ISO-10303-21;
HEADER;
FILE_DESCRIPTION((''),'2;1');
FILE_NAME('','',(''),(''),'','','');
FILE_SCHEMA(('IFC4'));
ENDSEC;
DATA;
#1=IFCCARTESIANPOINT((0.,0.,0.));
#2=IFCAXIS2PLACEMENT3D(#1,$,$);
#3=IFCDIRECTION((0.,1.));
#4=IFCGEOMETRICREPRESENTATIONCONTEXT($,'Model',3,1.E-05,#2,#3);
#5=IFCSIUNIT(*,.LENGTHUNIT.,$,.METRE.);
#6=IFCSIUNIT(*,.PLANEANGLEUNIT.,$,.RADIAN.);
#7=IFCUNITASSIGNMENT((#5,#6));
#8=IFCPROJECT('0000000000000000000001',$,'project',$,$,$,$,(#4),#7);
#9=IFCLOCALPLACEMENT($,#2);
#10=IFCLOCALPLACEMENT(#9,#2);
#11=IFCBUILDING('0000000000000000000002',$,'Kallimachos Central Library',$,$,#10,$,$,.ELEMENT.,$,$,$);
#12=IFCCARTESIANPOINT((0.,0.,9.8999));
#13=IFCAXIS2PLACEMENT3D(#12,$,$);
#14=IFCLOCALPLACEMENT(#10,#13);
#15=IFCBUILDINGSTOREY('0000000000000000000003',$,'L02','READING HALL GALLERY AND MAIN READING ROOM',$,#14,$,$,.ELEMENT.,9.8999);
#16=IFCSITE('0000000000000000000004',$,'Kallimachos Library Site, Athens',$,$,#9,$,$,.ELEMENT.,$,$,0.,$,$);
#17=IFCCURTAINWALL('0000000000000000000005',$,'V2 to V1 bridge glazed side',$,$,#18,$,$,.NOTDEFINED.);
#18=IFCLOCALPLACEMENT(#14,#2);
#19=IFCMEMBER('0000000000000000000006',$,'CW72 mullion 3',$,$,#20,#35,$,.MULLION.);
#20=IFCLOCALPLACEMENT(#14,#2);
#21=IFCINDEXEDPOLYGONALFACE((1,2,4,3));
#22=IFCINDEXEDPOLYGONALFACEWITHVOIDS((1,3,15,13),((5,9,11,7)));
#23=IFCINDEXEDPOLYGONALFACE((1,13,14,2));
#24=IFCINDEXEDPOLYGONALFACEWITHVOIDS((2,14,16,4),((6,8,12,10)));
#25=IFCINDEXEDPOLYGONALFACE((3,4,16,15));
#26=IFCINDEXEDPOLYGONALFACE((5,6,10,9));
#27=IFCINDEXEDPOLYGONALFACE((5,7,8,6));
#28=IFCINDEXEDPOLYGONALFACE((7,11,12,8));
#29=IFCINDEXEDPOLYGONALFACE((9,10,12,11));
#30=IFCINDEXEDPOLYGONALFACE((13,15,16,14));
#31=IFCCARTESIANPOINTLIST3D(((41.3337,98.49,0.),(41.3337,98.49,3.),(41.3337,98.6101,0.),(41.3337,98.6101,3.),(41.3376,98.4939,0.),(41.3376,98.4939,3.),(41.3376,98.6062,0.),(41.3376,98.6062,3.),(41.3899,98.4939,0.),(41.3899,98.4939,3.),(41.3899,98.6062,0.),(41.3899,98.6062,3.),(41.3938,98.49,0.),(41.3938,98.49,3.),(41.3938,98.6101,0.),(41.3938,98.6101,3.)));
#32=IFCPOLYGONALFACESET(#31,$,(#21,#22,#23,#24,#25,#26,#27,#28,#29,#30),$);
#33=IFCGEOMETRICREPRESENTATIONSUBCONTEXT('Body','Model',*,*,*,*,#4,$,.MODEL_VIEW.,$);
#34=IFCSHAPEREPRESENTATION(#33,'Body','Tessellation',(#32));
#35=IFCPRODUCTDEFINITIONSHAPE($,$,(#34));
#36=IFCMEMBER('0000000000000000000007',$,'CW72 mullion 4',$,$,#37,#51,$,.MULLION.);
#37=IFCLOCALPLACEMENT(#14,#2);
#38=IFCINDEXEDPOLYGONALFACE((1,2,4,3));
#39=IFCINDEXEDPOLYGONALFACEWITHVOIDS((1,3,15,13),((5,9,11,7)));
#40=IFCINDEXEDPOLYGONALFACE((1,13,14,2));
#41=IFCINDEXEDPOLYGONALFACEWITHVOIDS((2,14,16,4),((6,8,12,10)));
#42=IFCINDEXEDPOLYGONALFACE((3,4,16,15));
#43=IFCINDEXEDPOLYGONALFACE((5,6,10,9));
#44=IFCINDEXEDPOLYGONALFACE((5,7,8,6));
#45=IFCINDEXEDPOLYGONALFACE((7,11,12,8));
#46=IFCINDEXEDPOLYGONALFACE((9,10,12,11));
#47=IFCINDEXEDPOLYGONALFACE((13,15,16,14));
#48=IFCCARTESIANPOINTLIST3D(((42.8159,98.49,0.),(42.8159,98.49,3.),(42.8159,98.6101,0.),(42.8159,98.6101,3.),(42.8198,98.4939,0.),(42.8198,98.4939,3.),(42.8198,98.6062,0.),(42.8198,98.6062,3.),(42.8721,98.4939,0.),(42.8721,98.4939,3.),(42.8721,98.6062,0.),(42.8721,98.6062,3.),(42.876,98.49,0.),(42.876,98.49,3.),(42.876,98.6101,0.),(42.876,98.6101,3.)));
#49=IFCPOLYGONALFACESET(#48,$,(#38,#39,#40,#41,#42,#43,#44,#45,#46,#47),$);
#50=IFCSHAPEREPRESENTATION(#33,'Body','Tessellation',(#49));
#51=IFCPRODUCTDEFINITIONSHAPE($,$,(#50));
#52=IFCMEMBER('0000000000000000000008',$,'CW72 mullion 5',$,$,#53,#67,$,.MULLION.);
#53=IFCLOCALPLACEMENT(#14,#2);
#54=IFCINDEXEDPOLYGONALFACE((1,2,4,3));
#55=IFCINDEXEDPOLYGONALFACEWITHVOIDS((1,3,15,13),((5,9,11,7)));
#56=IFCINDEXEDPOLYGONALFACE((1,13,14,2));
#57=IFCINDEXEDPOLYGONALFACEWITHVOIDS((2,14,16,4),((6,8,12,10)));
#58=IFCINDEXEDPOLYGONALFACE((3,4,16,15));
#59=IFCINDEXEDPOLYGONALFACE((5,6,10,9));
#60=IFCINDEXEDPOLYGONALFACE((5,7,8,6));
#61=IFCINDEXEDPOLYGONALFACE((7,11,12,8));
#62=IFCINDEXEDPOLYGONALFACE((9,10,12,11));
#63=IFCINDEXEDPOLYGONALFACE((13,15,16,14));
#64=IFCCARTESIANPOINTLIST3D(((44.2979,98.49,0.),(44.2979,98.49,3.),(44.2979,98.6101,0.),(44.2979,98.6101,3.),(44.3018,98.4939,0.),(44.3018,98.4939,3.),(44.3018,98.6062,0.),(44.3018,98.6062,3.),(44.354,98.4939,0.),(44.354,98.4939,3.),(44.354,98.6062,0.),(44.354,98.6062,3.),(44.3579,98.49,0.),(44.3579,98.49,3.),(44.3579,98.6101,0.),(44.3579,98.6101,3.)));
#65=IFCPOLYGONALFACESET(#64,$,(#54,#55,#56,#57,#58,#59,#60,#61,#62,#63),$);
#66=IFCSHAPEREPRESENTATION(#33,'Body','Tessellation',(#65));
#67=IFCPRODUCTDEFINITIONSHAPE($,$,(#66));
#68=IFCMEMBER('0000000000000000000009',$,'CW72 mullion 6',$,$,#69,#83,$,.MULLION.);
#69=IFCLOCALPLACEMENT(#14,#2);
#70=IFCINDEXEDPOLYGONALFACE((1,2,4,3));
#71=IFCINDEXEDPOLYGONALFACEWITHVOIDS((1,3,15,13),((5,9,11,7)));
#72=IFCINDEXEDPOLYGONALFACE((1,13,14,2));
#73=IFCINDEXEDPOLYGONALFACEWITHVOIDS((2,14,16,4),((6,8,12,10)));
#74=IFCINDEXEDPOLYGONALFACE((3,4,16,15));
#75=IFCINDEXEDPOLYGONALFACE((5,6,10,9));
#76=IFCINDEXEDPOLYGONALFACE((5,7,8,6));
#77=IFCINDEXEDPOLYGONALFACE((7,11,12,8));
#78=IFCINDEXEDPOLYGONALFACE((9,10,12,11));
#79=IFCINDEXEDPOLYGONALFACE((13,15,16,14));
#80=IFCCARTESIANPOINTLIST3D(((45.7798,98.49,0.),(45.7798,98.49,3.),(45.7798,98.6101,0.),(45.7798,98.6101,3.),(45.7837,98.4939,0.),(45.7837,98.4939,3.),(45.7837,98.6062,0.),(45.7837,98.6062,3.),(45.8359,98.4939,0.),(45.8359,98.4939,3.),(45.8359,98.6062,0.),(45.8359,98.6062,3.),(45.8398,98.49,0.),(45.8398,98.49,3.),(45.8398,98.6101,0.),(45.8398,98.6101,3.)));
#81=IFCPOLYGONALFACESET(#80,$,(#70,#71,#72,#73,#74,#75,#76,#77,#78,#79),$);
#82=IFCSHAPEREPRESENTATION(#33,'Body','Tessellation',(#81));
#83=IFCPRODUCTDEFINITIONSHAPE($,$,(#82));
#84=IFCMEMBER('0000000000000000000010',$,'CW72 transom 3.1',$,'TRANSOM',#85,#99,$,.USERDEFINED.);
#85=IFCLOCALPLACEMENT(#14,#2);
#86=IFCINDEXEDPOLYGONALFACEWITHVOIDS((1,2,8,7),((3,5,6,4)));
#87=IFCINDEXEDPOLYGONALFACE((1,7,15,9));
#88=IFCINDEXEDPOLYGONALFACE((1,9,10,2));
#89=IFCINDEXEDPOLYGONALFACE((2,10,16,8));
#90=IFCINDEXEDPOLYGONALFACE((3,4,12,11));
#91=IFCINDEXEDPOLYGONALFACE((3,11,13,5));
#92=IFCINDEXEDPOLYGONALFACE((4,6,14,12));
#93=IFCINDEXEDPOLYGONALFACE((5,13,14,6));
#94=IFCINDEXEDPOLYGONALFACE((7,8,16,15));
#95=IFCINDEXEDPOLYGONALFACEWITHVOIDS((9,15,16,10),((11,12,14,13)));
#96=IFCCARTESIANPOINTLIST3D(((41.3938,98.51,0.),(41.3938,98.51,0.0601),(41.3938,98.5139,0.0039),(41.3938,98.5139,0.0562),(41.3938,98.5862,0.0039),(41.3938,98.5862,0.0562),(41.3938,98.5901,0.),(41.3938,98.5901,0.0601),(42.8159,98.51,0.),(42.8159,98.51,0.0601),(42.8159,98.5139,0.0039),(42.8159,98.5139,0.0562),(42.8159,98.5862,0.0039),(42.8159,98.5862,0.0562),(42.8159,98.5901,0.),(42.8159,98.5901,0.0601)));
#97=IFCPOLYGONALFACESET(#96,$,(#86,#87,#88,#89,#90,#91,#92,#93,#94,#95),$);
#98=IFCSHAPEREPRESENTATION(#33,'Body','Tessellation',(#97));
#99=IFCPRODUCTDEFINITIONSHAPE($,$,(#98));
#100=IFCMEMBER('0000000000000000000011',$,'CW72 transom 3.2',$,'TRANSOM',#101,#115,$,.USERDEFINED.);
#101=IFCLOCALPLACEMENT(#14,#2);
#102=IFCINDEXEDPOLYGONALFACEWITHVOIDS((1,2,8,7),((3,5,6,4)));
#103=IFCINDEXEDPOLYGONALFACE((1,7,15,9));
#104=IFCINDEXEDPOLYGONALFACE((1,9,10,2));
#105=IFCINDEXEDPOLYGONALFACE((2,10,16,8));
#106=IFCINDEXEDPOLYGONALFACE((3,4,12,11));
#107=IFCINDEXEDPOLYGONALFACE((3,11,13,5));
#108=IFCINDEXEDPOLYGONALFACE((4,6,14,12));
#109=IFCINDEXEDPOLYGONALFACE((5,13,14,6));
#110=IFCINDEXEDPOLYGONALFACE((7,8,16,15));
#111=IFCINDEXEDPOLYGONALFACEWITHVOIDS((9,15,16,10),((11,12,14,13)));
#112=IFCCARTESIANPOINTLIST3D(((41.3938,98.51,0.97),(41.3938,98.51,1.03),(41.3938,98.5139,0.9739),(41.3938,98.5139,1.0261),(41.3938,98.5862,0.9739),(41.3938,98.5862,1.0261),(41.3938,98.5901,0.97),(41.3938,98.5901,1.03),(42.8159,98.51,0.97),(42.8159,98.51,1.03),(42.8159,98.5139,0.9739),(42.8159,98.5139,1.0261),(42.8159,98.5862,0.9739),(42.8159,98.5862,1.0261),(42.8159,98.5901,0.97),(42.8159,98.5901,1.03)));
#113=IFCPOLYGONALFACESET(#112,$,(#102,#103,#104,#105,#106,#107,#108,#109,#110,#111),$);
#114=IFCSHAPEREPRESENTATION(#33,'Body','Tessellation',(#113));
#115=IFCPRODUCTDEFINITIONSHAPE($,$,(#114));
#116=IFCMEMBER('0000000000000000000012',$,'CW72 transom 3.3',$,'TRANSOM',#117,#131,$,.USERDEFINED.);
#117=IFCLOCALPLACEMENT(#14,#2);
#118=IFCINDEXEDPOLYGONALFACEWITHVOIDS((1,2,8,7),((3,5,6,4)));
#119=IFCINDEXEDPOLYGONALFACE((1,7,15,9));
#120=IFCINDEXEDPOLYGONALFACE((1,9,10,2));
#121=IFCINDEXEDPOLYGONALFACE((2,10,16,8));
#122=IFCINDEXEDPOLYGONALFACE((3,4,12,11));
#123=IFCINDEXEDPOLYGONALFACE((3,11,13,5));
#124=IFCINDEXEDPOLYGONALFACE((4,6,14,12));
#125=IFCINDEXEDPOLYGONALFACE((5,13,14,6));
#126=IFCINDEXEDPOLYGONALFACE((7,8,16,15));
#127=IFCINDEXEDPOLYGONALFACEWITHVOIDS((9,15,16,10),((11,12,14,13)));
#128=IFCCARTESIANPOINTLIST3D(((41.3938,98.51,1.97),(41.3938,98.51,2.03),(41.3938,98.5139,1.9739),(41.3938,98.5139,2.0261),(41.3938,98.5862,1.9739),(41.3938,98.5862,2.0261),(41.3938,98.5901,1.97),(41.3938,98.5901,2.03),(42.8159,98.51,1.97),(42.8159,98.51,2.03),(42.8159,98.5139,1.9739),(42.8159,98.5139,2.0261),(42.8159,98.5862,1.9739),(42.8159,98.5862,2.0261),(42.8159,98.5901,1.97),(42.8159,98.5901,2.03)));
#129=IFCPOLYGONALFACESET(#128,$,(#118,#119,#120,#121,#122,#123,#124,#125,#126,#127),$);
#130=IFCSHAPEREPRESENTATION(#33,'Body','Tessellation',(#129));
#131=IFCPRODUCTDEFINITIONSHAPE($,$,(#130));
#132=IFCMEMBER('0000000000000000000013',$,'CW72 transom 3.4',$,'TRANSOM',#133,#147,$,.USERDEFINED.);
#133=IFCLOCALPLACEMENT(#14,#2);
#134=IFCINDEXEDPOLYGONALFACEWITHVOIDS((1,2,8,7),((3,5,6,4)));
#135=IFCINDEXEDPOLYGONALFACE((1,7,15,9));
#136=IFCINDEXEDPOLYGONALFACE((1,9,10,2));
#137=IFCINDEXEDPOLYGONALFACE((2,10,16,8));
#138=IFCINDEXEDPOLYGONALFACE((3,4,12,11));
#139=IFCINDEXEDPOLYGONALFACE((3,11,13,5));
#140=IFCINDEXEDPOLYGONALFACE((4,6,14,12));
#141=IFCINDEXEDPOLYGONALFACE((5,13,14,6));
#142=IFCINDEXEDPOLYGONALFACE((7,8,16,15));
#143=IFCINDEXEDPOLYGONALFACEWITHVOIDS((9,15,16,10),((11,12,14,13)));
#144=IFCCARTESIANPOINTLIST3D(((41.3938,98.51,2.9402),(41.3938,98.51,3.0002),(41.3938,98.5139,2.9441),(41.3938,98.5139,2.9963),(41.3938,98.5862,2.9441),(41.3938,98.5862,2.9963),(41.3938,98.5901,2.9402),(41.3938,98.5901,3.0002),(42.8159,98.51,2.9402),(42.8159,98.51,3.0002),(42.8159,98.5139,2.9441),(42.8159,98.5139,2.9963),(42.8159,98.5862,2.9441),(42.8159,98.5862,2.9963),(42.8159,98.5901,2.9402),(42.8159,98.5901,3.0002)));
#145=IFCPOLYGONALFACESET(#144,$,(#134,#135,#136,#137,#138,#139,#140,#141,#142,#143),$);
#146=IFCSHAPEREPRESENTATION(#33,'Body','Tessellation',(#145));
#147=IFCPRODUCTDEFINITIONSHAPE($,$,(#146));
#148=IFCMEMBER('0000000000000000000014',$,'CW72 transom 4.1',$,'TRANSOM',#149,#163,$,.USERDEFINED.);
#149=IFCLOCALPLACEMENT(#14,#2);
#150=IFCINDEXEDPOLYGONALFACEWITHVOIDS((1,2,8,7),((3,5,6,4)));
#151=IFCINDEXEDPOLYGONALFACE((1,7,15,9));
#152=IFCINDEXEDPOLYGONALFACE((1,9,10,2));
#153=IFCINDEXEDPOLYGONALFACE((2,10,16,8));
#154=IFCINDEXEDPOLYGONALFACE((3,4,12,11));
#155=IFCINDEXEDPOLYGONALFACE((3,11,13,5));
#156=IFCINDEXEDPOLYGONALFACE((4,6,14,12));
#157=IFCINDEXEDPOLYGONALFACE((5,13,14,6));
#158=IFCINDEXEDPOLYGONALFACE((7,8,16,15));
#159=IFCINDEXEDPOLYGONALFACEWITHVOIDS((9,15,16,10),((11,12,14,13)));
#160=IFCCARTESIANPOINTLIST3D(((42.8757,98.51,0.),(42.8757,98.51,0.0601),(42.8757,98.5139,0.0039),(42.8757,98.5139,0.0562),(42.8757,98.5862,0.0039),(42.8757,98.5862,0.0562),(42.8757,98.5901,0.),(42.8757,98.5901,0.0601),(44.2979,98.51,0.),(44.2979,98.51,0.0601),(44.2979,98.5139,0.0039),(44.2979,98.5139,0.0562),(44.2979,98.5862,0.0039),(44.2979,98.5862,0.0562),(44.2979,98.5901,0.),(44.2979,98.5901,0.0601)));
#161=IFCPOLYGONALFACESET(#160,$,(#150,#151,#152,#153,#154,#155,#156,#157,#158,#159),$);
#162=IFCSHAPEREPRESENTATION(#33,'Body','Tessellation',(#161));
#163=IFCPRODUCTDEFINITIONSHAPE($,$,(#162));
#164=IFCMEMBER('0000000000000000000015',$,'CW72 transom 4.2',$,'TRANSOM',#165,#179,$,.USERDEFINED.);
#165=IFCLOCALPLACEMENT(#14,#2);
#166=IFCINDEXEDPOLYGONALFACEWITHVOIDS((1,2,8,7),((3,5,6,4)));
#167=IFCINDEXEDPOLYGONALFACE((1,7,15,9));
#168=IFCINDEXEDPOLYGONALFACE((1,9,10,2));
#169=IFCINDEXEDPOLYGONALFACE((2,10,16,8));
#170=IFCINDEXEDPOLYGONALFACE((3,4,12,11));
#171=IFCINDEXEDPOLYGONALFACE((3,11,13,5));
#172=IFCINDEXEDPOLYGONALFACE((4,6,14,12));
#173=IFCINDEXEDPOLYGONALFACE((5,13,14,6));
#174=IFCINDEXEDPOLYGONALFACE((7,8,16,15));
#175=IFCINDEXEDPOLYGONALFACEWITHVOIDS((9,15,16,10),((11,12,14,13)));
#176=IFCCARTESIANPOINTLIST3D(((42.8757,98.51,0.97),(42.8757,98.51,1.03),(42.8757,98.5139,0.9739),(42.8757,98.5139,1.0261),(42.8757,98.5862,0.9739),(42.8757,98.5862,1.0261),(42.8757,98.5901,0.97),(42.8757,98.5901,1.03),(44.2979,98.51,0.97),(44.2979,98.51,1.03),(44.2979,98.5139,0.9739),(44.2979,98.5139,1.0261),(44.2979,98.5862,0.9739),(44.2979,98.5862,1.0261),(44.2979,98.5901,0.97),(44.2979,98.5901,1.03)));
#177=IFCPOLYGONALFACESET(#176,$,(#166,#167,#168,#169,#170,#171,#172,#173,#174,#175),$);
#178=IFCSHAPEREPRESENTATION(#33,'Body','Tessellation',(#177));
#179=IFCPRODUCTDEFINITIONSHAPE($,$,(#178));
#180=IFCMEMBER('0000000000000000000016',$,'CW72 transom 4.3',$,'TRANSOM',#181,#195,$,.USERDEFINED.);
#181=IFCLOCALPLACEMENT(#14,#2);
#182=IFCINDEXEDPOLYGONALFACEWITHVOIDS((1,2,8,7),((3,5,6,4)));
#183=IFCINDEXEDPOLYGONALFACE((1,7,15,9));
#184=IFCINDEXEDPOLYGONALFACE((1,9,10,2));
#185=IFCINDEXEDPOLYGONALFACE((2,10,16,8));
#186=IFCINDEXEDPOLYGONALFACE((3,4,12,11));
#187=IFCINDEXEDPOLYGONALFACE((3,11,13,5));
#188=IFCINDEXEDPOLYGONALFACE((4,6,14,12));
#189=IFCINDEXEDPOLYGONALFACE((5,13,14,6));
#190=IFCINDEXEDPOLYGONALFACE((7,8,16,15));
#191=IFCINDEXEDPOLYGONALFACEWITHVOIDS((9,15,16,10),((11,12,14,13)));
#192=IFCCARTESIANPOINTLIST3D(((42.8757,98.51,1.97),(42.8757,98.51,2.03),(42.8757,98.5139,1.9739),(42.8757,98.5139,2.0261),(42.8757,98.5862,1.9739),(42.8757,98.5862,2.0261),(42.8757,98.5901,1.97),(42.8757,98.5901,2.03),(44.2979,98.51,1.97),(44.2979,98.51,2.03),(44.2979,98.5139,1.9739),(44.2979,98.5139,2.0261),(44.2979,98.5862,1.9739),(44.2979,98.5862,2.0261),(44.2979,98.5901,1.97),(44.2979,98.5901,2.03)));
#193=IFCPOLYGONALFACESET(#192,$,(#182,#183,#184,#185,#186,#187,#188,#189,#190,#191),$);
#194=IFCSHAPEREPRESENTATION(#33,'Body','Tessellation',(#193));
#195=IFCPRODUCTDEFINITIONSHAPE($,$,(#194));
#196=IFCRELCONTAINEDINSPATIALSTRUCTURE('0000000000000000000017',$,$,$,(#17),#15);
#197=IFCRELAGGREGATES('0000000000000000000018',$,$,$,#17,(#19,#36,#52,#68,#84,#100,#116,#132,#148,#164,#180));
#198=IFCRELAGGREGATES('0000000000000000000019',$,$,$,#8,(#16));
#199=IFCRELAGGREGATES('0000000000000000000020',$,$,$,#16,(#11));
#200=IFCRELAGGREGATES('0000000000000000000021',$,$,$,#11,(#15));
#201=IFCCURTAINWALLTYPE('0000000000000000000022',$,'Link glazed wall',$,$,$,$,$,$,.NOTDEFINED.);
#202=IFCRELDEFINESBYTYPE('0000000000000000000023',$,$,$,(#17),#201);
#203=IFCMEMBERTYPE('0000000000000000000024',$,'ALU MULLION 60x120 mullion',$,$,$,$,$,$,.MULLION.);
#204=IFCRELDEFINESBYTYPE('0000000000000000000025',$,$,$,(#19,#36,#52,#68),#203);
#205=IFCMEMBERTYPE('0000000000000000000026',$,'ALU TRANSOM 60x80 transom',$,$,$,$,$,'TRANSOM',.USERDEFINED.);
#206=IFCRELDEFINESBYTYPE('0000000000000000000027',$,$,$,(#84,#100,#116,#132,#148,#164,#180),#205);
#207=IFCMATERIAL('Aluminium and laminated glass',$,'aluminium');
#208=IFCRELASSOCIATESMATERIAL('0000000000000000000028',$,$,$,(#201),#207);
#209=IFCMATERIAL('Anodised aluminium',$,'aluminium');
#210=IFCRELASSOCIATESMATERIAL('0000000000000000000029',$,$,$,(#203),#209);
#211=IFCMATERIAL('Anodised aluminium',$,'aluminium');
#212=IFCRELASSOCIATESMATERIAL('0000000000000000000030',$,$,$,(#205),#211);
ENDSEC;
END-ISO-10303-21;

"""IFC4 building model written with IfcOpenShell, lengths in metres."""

from ifc_helpers import new_model, si_unit, direction, frame, origin, origin_2d, place, context, subcontext, project, spatial, hollow_rectangle, extrude, material, material_profile, profile_set, type_object, element, aggregate, save


model = new_model("IFC4")

# Units and contexts
model_context = context("Model", 3, precision=1e-05, world=origin(), true_north=direction((0.0, 1.0)))
body_context = subcontext(model_context, "Body", "Model", "MODEL_VIEW")
ifc_project = project(units=[si_unit("LENGTHUNIT", "METRE"), si_unit("PLANEANGLEUNIT", "RADIAN")], contexts=[model_context])

# Site, building, storey
site_placement = place(None, origin())
site = spatial("IfcSite", under=ifc_project, at=site_placement, Name="Kallimachos Library Site, Athens", CompositionType="ELEMENT", RefElevation=0.0)
building_placement = place(site_placement, origin())
building = spatial("IfcBuilding", under=site, at=building_placement, Name="Kallimachos Central Library", CompositionType="ELEMENT")
storey_placement = place(building_placement, frame((0.0, 0.0, 9.8999)))
storey = spatial("IfcBuildingStorey", under=building, at=storey_placement, Name="L02", Description="READING HALL GALLERY AND MAIN READING ROOM", CompositionType="ELEMENT", Elevation=9.8999)

# Curtain wall, members
ifc_material_1 = material(Name="Aluminium and laminated glass", Category="aluminium")
curtain_wall_type = type_object("IfcCurtainWallType", Name="Link glazed wall", PredefinedType="NOTDEFINED", material=ifc_material_1)
curtain_wall_placement = place(storey_placement, origin())
curtain_wall = element("IfcCurtainWall", 1, at=curtain_wall_placement, inside=storey, type_object=curtain_wall_type, Name="V2 to V1 bridge glazed side", PredefinedType="NOTDEFINED")
ifc_material_2 = material(Name="Anodised aluminium", Category="aluminium")
ifc_material_profile_1 = material_profile(ifc_material_2, hollow_rectangle(XDim=0.0601, YDim=0.1201, WallThickness=0.0039, at=origin_2d()), Name="ALU MULLION 60x120")
ifc_profile_set_1 = profile_set([ifc_material_profile_1], Name="Anodised aluminium")
member_type_1 = type_object("IfcMemberType", Name="ALU MULLION 60x120 mullion", PredefinedType="MULLION", material=ifc_profile_set_1)
member_1_placement = place(storey_placement, frame((41.3638, 98.55, 0.0), z_axis=(0.0, 0.0, 1.0), x_axis=(1.0, 0.0, 0.0)))
member_1 = element("IfcMember", 2, at=member_1_placement, type_object=member_type_1, Name="CW72 mullion 3", PredefinedType="MULLION", context=body_context, shape_type="SweptSolid", body=[
    extrude(hollow_rectangle(XDim=0.0601, YDim=0.1201, WallThickness=0.0039, at=origin_2d()), origin(), (0.0, 0.0, 1.0), 3.0),
])
member_2_placement = place(storey_placement, frame((42.8459, 98.55, 0.0), z_axis=(0.0, 0.0, 1.0), x_axis=(1.0, 0.0, 0.0)))
member_2 = element("IfcMember", 3, at=member_2_placement, type_object=member_type_1, Name="CW72 mullion 4", PredefinedType="MULLION", context=body_context, shape_type="SweptSolid", body=[
    extrude(hollow_rectangle(XDim=0.0601, YDim=0.1201, WallThickness=0.0039, at=origin_2d()), origin(), (0.0, 0.0, 1.0), 3.0),
])
member_3_placement = place(storey_placement, frame((44.3279, 98.55, 0.0), z_axis=(0.0, 0.0, 1.0), x_axis=(1.0, 0.0, 0.0)))
member_3 = element("IfcMember", 4, at=member_3_placement, type_object=member_type_1, Name="CW72 mullion 5", PredefinedType="MULLION", context=body_context, shape_type="SweptSolid", body=[
    extrude(hollow_rectangle(XDim=0.0601, YDim=0.1201, WallThickness=0.0039, at=origin_2d()), origin(), (0.0, 0.0, 1.0), 3.0),
])
member_4_placement = place(storey_placement, frame((45.8098, 98.55, 0.0), z_axis=(0.0, 0.0, 1.0), x_axis=(1.0, 0.0, 0.0)))
member_4 = element("IfcMember", 5, at=member_4_placement, type_object=member_type_1, Name="CW72 mullion 6", PredefinedType="MULLION", context=body_context, shape_type="SweptSolid", body=[
    extrude(hollow_rectangle(XDim=0.0601, YDim=0.1201, WallThickness=0.0039, at=origin_2d()), origin(), (0.0, 0.0, 1.0), 3.0),
])
ifc_material_3 = material(Name="Anodised aluminium", Category="aluminium")
ifc_material_profile_2 = material_profile(ifc_material_3, hollow_rectangle(XDim=0.0601, YDim=0.0801, WallThickness=0.0039, at=origin_2d()), Name="ALU TRANSOM 60x80")
ifc_profile_set_2 = profile_set([ifc_material_profile_2], Name="Anodised aluminium")
member_type_2 = type_object("IfcMemberType", Name="ALU TRANSOM 60x80 transom", ElementType="TRANSOM", PredefinedType="USERDEFINED", material=ifc_profile_set_2)
member_5_placement = place(storey_placement, frame((41.3938, 98.55, 0.03), z_axis=(1.0, 0.0, 0.0), x_axis=(0.0, 0.0, 1.0)))
member_5 = element("IfcMember", 6, at=member_5_placement, type_object=member_type_2, Name="CW72 transom 3.1", ObjectType="TRANSOM", PredefinedType="USERDEFINED", context=body_context, shape_type="SweptSolid", body=[
    extrude(hollow_rectangle(XDim=0.0601, YDim=0.0801, WallThickness=0.0039, at=origin_2d()), origin(), (0.0, 0.0, 1.0), 1.4221),
])
member_6_placement = place(storey_placement, frame((41.3938, 98.55, 1.0), z_axis=(1.0, 0.0, 0.0), x_axis=(0.0, 0.0, 1.0)))
member_6 = element("IfcMember", 7, at=member_6_placement, type_object=member_type_2, Name="CW72 transom 3.2", ObjectType="TRANSOM", PredefinedType="USERDEFINED", context=body_context, shape_type="SweptSolid", body=[
    extrude(hollow_rectangle(XDim=0.0601, YDim=0.0801, WallThickness=0.0039, at=origin_2d()), origin(), (0.0, 0.0, 1.0), 1.4221),
])
member_7_placement = place(storey_placement, frame((41.3938, 98.55, 2.0), z_axis=(1.0, 0.0, 0.0), x_axis=(0.0, 0.0, 1.0)))
member_7 = element("IfcMember", 8, at=member_7_placement, type_object=member_type_2, Name="CW72 transom 3.3", ObjectType="TRANSOM", PredefinedType="USERDEFINED", context=body_context, shape_type="SweptSolid", body=[
    extrude(hollow_rectangle(XDim=0.0601, YDim=0.0801, WallThickness=0.0039, at=origin_2d()), origin(), (0.0, 0.0, 1.0), 1.4221),
])
member_8_placement = place(storey_placement, frame((41.3938, 98.55, 2.9702), z_axis=(1.0, 0.0, 0.0), x_axis=(0.0, 0.0, 1.0)))
member_8 = element("IfcMember", 9, at=member_8_placement, type_object=member_type_2, Name="CW72 transom 3.4", ObjectType="TRANSOM", PredefinedType="USERDEFINED", context=body_context, shape_type="SweptSolid", body=[
    extrude(hollow_rectangle(XDim=0.0601, YDim=0.0801, WallThickness=0.0039, at=origin_2d()), origin(), (0.0, 0.0, 1.0), 1.4221),
])
member_9_placement = place(storey_placement, frame((42.8757, 98.55, 0.03), z_axis=(1.0, 0.0, 0.0), x_axis=(0.0, 0.0, 1.0)))
member_9 = element("IfcMember", 10, at=member_9_placement, type_object=member_type_2, Name="CW72 transom 4.1", ObjectType="TRANSOM", PredefinedType="USERDEFINED", context=body_context, shape_type="SweptSolid", body=[
    extrude(hollow_rectangle(XDim=0.0601, YDim=0.0801, WallThickness=0.0039, at=origin_2d()), origin(), (0.0, 0.0, 1.0), 1.4221),
])
member_10_placement = place(storey_placement, frame((42.8757, 98.55, 1.0), z_axis=(1.0, 0.0, 0.0), x_axis=(0.0, 0.0, 1.0)))
member_10 = element("IfcMember", 11, at=member_10_placement, type_object=member_type_2, Name="CW72 transom 4.2", ObjectType="TRANSOM", PredefinedType="USERDEFINED", context=body_context, shape_type="SweptSolid", body=[
    extrude(hollow_rectangle(XDim=0.0601, YDim=0.0801, WallThickness=0.0039, at=origin_2d()), origin(), (0.0, 0.0, 1.0), 1.4221),
])
member_11_placement = place(storey_placement, frame((42.8757, 98.55, 2.0), z_axis=(1.0, 0.0, 0.0), x_axis=(0.0, 0.0, 1.0)))
member_11 = element("IfcMember", 12, at=member_11_placement, type_object=member_type_2, Name="CW72 transom 4.3", ObjectType="TRANSOM", PredefinedType="USERDEFINED", context=body_context, shape_type="SweptSolid", body=[
    extrude(hollow_rectangle(XDim=0.0601, YDim=0.0801, WallThickness=0.0039, at=origin_2d()), origin(), (0.0, 0.0, 1.0), 1.4221),
])
aggregate(curtain_wall, [member_1, member_2, member_3, member_4, member_5, member_6, member_7, member_8, member_9, member_10, member_11])

save(model, "model.ifc")
